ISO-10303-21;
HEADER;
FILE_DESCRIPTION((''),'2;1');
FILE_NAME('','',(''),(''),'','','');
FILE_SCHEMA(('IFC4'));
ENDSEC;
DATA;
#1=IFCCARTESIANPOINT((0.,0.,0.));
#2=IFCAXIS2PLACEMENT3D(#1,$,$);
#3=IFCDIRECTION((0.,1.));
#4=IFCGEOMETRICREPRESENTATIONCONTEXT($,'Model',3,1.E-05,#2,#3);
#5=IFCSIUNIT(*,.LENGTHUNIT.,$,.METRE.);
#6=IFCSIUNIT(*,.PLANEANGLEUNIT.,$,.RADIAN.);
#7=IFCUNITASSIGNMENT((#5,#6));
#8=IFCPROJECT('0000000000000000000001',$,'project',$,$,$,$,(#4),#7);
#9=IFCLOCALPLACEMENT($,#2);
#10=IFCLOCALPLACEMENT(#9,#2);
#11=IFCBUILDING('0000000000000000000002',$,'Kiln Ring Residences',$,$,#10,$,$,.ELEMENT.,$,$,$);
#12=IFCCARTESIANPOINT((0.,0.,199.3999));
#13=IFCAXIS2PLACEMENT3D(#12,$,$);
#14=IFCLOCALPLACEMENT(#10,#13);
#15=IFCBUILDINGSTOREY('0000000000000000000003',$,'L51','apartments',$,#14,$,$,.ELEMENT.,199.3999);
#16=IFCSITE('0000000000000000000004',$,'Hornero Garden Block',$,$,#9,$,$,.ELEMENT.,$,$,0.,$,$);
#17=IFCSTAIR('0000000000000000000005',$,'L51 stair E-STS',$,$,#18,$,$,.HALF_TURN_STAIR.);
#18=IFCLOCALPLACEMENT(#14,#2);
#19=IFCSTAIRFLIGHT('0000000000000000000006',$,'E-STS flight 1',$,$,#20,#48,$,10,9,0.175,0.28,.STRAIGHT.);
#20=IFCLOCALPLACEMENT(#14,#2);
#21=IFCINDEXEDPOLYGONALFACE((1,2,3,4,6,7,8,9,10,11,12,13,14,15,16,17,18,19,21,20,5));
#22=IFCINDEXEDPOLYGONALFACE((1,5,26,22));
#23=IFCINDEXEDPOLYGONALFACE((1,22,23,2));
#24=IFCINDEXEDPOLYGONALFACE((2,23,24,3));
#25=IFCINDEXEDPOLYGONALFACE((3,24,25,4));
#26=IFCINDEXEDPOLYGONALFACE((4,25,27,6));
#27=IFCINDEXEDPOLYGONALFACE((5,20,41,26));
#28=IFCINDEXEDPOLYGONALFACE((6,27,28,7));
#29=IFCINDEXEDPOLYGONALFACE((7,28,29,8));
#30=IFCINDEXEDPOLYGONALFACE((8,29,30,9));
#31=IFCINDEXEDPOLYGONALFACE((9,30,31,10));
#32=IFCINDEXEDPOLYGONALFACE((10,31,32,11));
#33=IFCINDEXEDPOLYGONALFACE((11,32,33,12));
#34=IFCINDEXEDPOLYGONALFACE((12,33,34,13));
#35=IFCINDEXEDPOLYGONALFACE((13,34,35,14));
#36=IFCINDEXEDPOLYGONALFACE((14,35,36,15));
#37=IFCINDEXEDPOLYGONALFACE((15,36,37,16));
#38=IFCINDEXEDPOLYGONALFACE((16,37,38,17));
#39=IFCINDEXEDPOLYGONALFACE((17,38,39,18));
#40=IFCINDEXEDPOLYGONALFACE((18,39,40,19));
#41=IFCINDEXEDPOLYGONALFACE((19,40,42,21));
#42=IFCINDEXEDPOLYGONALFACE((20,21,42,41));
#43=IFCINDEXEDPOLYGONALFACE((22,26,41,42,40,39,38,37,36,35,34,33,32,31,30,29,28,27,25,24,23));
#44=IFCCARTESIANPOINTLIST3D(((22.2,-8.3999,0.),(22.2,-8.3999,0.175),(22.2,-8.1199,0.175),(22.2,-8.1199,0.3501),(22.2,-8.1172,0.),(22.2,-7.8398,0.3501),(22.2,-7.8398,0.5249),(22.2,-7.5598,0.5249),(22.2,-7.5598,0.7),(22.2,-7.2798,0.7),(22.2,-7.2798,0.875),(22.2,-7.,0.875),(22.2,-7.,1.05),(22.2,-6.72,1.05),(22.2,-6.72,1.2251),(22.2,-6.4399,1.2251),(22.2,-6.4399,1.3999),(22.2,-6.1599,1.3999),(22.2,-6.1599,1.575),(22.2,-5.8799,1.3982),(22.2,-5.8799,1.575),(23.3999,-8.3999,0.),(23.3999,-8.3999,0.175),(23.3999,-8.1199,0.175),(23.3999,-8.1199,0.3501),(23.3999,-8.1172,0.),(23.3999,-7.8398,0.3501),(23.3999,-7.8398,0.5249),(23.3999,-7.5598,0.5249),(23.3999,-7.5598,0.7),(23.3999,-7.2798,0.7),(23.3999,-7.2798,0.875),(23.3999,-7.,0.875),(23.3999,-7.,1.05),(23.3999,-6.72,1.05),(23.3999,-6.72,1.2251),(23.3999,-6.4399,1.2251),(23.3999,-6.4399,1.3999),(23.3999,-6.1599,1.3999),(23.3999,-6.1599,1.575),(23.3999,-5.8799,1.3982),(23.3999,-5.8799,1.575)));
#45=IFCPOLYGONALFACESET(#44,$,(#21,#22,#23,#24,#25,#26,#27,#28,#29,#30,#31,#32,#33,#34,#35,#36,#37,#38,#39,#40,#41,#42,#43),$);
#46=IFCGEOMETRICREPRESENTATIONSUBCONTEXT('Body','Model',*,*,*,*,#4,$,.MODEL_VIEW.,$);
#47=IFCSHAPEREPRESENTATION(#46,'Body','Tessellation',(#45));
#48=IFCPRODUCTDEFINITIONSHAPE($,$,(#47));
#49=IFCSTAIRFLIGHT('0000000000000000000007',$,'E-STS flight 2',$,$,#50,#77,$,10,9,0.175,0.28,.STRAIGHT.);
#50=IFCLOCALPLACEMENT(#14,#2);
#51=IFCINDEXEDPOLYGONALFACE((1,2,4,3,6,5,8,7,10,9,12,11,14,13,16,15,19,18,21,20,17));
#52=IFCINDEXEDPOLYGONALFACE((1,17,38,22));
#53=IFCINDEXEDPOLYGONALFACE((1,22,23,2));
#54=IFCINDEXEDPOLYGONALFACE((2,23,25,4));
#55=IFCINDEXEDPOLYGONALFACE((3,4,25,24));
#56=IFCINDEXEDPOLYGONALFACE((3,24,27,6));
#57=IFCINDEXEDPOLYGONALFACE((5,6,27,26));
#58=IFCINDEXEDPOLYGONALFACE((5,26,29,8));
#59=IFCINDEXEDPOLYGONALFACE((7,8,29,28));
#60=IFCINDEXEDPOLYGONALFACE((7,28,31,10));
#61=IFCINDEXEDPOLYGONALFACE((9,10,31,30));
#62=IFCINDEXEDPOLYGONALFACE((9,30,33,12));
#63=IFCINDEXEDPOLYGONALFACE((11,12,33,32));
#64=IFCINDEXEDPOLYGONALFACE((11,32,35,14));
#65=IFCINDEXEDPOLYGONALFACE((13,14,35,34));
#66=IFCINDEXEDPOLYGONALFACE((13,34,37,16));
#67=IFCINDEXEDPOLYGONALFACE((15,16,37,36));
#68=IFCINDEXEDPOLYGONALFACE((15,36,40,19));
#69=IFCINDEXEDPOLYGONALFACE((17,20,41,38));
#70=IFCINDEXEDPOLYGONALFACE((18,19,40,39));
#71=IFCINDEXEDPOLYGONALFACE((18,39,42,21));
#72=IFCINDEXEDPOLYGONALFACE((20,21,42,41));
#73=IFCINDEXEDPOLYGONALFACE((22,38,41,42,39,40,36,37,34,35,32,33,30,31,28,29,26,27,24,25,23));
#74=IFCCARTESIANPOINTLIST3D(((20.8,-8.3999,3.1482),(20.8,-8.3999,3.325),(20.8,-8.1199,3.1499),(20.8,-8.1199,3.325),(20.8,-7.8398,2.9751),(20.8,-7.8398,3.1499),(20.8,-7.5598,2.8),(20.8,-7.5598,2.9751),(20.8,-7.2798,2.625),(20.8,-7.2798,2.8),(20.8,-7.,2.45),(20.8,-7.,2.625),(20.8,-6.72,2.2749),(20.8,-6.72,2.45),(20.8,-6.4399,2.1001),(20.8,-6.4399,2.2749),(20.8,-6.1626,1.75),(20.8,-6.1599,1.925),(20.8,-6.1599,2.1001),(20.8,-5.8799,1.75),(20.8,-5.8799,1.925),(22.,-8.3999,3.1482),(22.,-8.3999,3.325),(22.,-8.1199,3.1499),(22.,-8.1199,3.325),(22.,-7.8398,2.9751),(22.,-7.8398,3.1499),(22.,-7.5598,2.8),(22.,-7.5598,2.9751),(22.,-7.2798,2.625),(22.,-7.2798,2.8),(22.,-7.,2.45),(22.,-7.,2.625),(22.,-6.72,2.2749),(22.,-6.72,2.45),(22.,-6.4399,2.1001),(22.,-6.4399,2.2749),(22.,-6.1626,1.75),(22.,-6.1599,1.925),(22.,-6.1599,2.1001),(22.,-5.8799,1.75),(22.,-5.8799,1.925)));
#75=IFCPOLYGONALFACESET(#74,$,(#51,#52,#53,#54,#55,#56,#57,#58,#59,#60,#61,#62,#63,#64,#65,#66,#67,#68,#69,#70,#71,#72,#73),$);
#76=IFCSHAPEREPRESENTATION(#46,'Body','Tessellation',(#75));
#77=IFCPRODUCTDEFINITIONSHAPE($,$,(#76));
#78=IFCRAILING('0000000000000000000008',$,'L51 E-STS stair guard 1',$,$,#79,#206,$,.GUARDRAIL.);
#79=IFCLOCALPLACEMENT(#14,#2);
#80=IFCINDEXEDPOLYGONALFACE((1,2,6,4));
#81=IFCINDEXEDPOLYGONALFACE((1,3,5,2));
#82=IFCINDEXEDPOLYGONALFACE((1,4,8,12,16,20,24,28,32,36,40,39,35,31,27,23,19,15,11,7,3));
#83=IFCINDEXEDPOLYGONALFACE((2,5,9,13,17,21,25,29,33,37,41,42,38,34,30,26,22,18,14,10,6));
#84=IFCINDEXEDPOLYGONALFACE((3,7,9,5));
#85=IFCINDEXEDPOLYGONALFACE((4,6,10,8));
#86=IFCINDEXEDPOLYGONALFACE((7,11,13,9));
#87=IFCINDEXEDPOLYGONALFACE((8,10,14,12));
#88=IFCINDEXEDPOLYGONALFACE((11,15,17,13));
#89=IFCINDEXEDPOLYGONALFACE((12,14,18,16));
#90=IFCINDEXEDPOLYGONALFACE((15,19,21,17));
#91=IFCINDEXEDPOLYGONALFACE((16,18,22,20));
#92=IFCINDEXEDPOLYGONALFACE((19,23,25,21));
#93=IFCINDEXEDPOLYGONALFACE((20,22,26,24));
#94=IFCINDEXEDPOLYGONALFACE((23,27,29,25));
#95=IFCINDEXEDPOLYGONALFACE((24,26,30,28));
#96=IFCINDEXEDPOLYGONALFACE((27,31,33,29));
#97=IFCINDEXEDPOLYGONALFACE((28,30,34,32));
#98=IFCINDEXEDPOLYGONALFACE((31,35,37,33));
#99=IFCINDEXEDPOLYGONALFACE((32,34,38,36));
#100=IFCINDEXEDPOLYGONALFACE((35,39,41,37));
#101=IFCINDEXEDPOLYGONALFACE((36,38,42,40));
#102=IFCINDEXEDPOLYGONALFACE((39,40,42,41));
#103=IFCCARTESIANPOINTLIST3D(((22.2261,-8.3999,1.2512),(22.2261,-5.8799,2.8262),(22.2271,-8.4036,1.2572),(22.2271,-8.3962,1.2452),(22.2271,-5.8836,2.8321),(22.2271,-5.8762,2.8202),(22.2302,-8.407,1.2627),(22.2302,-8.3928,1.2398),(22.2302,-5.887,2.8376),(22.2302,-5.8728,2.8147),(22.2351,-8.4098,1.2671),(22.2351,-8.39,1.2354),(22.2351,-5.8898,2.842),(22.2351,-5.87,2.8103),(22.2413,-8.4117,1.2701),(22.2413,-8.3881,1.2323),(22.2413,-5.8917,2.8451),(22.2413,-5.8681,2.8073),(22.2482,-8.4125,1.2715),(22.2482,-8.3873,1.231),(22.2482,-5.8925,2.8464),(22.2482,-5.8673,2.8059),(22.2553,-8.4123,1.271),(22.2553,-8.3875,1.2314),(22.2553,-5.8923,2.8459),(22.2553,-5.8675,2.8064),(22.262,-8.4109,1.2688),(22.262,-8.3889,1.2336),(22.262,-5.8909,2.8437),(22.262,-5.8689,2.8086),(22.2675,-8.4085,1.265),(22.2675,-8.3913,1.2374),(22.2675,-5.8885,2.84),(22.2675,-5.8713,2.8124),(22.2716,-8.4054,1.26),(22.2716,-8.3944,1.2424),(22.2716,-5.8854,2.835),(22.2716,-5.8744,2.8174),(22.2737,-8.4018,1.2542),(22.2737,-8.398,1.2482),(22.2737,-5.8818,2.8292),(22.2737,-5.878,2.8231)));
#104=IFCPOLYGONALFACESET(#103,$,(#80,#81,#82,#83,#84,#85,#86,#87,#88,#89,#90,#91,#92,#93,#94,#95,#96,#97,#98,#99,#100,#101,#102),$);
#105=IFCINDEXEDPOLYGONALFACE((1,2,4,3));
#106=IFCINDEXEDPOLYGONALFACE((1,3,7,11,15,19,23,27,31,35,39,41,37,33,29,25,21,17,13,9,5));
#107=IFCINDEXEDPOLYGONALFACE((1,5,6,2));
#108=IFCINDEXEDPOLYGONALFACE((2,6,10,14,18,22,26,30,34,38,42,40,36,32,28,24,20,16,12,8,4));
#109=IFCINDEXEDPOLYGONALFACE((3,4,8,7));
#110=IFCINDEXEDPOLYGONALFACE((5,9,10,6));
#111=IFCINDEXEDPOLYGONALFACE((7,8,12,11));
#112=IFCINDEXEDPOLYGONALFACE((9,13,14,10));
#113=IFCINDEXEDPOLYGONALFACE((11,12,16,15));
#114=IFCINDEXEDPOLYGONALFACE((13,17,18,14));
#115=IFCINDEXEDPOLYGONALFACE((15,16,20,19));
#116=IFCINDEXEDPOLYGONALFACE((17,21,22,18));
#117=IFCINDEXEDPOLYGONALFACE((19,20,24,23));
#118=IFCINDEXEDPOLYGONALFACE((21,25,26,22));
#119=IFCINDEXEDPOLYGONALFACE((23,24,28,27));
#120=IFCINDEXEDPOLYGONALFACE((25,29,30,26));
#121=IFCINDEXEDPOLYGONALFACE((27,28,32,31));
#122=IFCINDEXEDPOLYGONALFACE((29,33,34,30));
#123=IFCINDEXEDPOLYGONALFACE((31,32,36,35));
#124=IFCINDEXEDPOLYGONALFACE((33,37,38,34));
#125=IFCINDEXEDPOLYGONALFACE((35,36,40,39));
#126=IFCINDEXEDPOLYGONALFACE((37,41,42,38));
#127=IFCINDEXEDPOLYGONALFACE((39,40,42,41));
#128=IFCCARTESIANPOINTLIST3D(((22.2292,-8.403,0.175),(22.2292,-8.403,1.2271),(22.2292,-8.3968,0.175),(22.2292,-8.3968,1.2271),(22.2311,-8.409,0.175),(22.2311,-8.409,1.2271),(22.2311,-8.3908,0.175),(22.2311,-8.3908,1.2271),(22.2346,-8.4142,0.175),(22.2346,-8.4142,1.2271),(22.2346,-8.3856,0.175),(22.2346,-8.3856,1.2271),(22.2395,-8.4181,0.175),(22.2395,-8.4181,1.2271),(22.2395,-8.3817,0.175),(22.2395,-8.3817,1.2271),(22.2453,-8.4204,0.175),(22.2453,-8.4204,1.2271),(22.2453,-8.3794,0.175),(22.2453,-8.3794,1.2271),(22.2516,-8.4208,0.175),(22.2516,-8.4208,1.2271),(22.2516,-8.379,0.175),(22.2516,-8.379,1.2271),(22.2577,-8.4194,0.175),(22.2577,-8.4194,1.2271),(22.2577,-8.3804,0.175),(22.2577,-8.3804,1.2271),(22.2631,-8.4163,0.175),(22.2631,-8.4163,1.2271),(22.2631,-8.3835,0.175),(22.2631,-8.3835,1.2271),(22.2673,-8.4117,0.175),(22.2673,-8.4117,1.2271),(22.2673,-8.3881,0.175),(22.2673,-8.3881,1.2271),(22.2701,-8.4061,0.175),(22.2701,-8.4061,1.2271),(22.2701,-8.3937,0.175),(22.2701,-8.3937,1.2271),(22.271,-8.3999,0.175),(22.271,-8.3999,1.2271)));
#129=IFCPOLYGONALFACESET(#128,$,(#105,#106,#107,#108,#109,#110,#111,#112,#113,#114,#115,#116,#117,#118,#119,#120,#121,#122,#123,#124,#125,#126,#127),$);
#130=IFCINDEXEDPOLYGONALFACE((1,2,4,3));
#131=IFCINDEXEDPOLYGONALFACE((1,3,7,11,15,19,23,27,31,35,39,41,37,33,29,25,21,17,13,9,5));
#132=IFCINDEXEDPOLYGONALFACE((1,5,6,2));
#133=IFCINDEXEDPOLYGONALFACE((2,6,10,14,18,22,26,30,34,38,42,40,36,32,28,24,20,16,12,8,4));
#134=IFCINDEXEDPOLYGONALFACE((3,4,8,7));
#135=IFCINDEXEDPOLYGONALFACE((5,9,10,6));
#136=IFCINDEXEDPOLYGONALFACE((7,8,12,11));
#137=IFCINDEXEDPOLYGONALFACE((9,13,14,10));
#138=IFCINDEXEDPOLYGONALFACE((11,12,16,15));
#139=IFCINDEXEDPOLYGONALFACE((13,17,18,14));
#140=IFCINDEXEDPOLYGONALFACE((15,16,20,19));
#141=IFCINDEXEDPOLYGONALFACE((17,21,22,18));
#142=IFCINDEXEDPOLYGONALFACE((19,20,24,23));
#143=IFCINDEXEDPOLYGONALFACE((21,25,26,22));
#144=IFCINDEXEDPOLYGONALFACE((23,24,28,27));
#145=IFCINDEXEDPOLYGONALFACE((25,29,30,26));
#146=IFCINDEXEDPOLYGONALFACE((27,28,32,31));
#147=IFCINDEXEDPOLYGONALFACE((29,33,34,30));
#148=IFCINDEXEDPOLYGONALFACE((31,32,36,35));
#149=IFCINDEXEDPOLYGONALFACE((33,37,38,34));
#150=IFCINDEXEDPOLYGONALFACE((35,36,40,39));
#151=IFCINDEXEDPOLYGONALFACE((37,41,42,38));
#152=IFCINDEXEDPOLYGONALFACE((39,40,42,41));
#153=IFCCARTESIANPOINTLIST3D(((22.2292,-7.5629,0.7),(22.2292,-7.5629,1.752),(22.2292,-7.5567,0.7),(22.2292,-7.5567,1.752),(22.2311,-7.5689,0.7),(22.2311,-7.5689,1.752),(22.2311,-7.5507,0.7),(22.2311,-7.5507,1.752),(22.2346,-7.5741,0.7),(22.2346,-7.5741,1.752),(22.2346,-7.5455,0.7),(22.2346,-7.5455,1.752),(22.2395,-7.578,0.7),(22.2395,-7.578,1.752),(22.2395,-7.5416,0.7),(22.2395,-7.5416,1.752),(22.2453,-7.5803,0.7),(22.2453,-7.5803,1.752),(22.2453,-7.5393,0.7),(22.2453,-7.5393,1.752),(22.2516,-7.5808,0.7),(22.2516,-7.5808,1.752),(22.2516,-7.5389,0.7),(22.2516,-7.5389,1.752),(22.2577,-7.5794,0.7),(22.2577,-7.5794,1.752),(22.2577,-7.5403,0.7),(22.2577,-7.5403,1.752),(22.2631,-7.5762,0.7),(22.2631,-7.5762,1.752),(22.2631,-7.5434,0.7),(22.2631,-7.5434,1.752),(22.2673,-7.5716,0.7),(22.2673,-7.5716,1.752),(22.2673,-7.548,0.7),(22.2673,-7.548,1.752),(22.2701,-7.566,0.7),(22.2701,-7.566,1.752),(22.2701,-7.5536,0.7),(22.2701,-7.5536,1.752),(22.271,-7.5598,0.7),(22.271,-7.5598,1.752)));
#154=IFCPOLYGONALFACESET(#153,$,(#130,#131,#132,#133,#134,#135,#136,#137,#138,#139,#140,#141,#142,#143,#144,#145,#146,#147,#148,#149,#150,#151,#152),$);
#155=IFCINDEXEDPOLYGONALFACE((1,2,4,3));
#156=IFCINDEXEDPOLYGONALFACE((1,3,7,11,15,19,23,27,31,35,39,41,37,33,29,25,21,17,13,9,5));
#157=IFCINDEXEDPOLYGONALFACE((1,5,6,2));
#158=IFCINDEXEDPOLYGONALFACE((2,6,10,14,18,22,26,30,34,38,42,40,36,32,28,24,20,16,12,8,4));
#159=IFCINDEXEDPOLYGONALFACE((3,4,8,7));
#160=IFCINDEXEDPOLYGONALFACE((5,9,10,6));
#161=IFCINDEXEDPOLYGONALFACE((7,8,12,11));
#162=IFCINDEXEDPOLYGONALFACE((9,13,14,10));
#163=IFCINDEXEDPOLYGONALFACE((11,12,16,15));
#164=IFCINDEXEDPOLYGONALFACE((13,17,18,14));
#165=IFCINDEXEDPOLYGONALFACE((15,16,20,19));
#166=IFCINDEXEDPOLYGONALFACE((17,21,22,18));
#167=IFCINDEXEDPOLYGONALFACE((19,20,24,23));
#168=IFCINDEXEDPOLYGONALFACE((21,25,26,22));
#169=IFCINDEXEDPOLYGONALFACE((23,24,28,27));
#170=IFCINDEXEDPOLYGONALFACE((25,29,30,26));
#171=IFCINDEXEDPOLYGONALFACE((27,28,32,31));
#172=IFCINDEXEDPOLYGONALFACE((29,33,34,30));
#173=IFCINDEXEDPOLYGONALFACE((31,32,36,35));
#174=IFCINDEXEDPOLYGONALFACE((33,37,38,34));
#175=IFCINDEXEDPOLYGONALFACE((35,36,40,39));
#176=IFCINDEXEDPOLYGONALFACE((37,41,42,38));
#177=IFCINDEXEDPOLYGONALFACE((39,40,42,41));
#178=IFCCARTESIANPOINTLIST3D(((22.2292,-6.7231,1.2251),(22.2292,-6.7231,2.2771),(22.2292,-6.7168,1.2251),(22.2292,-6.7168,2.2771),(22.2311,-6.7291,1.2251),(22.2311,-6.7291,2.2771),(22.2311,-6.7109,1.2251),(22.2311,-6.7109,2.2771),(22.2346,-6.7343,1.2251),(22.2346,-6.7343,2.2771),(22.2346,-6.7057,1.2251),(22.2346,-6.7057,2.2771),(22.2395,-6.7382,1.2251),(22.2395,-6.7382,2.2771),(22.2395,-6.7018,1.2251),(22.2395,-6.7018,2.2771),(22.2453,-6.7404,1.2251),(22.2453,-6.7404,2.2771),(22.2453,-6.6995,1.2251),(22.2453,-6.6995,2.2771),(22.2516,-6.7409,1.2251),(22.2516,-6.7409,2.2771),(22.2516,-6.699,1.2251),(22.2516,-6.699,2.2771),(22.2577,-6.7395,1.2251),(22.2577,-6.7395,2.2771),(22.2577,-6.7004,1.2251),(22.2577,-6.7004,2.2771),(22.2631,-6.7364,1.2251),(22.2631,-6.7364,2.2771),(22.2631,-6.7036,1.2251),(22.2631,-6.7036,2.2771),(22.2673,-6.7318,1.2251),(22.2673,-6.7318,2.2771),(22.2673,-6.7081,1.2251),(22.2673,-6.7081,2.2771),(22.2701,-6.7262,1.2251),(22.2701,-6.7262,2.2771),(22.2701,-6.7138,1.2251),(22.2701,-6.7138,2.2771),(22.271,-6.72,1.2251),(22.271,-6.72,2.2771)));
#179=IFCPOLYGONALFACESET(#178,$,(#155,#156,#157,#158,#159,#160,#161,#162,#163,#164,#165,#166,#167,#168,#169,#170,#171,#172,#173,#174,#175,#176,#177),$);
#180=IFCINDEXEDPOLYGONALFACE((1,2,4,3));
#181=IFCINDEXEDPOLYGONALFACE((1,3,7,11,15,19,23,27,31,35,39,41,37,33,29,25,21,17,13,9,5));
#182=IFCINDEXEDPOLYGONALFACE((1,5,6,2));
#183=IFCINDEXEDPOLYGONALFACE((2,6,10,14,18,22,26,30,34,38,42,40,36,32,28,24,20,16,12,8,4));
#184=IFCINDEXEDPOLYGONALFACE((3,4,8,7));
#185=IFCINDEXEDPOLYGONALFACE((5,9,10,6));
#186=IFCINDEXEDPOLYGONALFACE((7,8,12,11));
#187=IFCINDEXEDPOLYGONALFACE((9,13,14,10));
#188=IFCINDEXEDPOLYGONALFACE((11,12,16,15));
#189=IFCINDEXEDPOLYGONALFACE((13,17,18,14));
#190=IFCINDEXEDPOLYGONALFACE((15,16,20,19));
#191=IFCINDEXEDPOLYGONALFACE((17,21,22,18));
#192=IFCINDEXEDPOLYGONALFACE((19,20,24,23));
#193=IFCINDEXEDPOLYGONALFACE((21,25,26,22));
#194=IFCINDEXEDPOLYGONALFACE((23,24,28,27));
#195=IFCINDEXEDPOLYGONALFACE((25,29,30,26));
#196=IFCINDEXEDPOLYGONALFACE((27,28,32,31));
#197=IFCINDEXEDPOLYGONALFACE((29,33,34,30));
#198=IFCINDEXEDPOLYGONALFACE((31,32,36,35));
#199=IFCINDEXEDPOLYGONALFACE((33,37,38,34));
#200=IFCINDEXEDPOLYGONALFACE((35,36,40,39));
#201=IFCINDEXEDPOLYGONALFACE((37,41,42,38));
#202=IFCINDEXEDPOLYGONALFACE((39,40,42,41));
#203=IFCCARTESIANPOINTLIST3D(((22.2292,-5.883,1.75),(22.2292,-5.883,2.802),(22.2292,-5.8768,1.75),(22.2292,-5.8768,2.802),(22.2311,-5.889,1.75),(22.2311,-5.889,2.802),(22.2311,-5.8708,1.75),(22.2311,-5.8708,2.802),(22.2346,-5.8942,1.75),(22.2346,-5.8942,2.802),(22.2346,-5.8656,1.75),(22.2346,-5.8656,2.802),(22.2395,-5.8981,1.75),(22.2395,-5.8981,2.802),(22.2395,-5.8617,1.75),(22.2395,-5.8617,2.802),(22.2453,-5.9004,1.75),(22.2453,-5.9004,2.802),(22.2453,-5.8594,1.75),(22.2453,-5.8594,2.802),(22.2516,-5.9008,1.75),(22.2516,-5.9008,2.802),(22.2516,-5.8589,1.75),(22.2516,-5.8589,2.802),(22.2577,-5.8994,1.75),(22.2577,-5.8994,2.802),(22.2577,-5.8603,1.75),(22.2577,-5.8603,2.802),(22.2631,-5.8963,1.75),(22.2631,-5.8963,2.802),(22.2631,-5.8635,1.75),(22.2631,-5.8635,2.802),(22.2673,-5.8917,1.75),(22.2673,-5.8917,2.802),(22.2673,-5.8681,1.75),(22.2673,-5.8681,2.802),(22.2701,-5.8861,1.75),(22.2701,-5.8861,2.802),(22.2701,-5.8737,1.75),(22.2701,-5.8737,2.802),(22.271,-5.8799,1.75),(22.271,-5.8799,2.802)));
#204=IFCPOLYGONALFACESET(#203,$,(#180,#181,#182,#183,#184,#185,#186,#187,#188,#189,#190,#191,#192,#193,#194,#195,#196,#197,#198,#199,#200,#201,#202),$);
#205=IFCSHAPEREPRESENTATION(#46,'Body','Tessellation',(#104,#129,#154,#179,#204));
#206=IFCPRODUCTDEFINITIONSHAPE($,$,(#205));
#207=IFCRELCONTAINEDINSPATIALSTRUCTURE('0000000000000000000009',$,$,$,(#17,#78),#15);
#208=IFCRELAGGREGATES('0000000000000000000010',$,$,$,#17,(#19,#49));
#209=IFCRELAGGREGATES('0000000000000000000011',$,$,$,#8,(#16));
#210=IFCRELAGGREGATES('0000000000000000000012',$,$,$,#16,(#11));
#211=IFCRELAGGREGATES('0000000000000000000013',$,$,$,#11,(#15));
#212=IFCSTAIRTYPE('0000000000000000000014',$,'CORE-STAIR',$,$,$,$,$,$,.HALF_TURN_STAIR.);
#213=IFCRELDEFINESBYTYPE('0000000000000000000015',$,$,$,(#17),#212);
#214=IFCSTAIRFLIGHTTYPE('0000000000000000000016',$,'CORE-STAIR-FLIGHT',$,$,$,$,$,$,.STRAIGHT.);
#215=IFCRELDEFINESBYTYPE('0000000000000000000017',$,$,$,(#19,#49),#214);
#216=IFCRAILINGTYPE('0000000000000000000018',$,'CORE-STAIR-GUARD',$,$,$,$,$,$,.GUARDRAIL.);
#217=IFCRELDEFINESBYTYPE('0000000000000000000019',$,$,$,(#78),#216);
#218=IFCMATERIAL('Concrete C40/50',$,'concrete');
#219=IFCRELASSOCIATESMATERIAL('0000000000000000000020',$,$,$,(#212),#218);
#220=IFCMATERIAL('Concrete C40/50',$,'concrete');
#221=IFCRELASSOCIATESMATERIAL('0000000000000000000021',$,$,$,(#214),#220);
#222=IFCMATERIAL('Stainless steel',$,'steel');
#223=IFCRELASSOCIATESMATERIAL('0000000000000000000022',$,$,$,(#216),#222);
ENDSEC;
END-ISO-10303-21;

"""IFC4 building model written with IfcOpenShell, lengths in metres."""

from ifc_helpers import new_model, si_unit, direction, frame, origin, origin_2d, place, context, subcontext, project, spatial, polyline, circle, outline, extrude, material, type_object, element, aggregate, save


model = new_model("IFC4")

# Units and contexts
model_context = context("Model", 3, precision=1e-05, world=origin(), true_north=direction((0.0, 1.0)))
body_context = subcontext(model_context, "Body", "Model", "MODEL_VIEW")
ifc_project = project(units=[si_unit("LENGTHUNIT", "METRE"), si_unit("PLANEANGLEUNIT", "RADIAN")], contexts=[model_context])

# Site, building, storey
site_placement = place(None, origin())
site = spatial("IfcSite", under=ifc_project, at=site_placement, Name="Hornero Garden Block", CompositionType="ELEMENT", RefElevation=0.0)
building_placement = place(site_placement, origin())
building = spatial("IfcBuilding", under=site, at=building_placement, Name="Kiln Ring Residences", CompositionType="ELEMENT")
storey_placement = place(building_placement, frame((0.0, 0.0, 199.3999)))
storey = spatial("IfcBuildingStorey", under=building, at=storey_placement, Name="L51", Description="apartments", CompositionType="ELEMENT", Elevation=199.3999)

# Stair, stair flights
ifc_material_1 = material(Name="Concrete C40/50", Category="concrete")
stair_type = type_object("IfcStairType", Name="CORE-STAIR", PredefinedType="HALF_TURN_STAIR", material=ifc_material_1)
stair_placement = place(storey_placement, origin())
stair = element("IfcStair", 1, at=stair_placement, inside=storey, type_object=stair_type, Name="L51 stair E-STS", PredefinedType="HALF_TURN_STAIR")
ifc_material_2 = material(Name="Concrete C40/50", Category="concrete")
stair_flight_type = type_object("IfcStairFlightType", Name="CORE-STAIR-FLIGHT", PredefinedType="STRAIGHT", material=ifc_material_2)
stair_flight_1_placement = place(storey_placement, frame((22.8, -8.3999, 0.0), z_axis=(0.0, 0.0, 1.0), x_axis=(0.0, 1.0, 0.0)))
stair_flight_1 = element("IfcStairFlight", 2, at=stair_flight_1_placement, type_object=stair_flight_type, Name="E-STS flight 1", NumberOfRisers=10, NumberOfTreads=9, PredefinedType="STRAIGHT", RiserHeight=0.175, TreadLength=0.28, context=body_context, shape_type="SweptSolid", body=[
    extrude(outline(polyline([(0.0, 0.0), (0.0, 0.175), (0.28, 0.175), (0.28, 0.3501), (0.5601, 0.3501), (0.5601, 0.5249), (0.8401, 0.5249), (0.8401, 0.7), (1.1201, 0.7), (1.1201, 0.875), (1.3999, 0.875), (1.3999, 1.05), (1.6799, 1.05), (1.6799, 1.2251), (1.96, 1.2251), (1.96, 1.3999), (2.24, 1.3999), (2.24, 1.575), (2.52, 1.575), (2.52, 1.75), (2.52, 1.3982), (0.2827, 0.0), (0.0, 0.0)])), frame((0.0, 0.6001, 0.0), z_axis=(0.0, -1.0, 0.0), x_axis=(1.0, 0.0, 0.0)), (0.0, 0.0, 1.0), 1.2),
])
stair_flight_2_placement = place(storey_placement, frame((21.3999, -5.8799, 1.75), z_axis=(0.0, 0.0, 1.0), x_axis=(0.0, -1.0, 0.0)))
stair_flight_2 = element("IfcStairFlight", 3, at=stair_flight_2_placement, type_object=stair_flight_type, Name="E-STS flight 2", NumberOfRisers=10, NumberOfTreads=9, PredefinedType="STRAIGHT", RiserHeight=0.175, TreadLength=0.28, context=body_context, shape_type="SweptSolid", body=[
    extrude(outline(polyline([(0.0, 0.0), (0.0, 0.175), (0.28, 0.175), (0.28, 0.3501), (0.5601, 0.3501), (0.5601, 0.5249), (0.8401, 0.5249), (0.8401, 0.7), (1.1201, 0.7), (1.1201, 0.875), (1.3999, 0.875), (1.3999, 1.05), (1.6799, 1.05), (1.6799, 1.2251), (1.96, 1.2251), (1.96, 1.3999), (2.24, 1.3999), (2.24, 1.575), (2.52, 1.575), (2.52, 1.75), (2.52, 1.3982), (0.2827, 0.0), (0.0, 0.0)])), frame((0.0, 0.6001, 0.0), z_axis=(0.0, -1.0, 0.0), x_axis=(1.0, 0.0, 0.0)), (0.0, 0.0, 1.0), 1.2),
])
aggregate(stair, [stair_flight_1, stair_flight_2])

# Railing
ifc_material_3 = material(Name="Stainless steel", Category="steel")
railing_type_1 = type_object("IfcRailingType", Name="CORE-STAIR-GUARD", PredefinedType="GUARDRAIL", material=ifc_material_3)
railing_1_placement = place(storey_placement, frame((22.25, -8.3999, 0.175)))
element("IfcRailing", 4, at=railing_1_placement, inside=storey, type_object=railing_type_1, Name="L51 E-STS stair guard 1", PredefinedType="GUARDRAIL", context=body_context, shape_type="SweptSolid", body=[
    extrude(circle(Radius=0.0239, at=origin_2d()), frame((0.0, 0.0, 1.0762), z_axis=(0.0, 0.848008, 0.529984), x_axis=(-1.0, 0.0, 0.0)), (0.0, 0.0, 1.0), 2.9717),
    extrude(circle(Radius=0.021, at=origin_2d()), origin(), (0.0, 0.0, 1.0), 1.052),
    extrude(circle(Radius=0.021, at=origin_2d()), frame((0.0, 0.8401, 0.5249)), (0.0, 0.0, 1.0), 1.052),
    extrude(circle(Radius=0.021, at=origin_2d()), frame((0.0, 1.6799, 1.05)), (0.0, 0.0, 1.0), 1.052),
    extrude(circle(Radius=0.021, at=origin_2d()), frame((0.0, 2.52, 1.575)), (0.0, 0.0, 1.0), 1.052),
])

save(model, "model.ifc")
